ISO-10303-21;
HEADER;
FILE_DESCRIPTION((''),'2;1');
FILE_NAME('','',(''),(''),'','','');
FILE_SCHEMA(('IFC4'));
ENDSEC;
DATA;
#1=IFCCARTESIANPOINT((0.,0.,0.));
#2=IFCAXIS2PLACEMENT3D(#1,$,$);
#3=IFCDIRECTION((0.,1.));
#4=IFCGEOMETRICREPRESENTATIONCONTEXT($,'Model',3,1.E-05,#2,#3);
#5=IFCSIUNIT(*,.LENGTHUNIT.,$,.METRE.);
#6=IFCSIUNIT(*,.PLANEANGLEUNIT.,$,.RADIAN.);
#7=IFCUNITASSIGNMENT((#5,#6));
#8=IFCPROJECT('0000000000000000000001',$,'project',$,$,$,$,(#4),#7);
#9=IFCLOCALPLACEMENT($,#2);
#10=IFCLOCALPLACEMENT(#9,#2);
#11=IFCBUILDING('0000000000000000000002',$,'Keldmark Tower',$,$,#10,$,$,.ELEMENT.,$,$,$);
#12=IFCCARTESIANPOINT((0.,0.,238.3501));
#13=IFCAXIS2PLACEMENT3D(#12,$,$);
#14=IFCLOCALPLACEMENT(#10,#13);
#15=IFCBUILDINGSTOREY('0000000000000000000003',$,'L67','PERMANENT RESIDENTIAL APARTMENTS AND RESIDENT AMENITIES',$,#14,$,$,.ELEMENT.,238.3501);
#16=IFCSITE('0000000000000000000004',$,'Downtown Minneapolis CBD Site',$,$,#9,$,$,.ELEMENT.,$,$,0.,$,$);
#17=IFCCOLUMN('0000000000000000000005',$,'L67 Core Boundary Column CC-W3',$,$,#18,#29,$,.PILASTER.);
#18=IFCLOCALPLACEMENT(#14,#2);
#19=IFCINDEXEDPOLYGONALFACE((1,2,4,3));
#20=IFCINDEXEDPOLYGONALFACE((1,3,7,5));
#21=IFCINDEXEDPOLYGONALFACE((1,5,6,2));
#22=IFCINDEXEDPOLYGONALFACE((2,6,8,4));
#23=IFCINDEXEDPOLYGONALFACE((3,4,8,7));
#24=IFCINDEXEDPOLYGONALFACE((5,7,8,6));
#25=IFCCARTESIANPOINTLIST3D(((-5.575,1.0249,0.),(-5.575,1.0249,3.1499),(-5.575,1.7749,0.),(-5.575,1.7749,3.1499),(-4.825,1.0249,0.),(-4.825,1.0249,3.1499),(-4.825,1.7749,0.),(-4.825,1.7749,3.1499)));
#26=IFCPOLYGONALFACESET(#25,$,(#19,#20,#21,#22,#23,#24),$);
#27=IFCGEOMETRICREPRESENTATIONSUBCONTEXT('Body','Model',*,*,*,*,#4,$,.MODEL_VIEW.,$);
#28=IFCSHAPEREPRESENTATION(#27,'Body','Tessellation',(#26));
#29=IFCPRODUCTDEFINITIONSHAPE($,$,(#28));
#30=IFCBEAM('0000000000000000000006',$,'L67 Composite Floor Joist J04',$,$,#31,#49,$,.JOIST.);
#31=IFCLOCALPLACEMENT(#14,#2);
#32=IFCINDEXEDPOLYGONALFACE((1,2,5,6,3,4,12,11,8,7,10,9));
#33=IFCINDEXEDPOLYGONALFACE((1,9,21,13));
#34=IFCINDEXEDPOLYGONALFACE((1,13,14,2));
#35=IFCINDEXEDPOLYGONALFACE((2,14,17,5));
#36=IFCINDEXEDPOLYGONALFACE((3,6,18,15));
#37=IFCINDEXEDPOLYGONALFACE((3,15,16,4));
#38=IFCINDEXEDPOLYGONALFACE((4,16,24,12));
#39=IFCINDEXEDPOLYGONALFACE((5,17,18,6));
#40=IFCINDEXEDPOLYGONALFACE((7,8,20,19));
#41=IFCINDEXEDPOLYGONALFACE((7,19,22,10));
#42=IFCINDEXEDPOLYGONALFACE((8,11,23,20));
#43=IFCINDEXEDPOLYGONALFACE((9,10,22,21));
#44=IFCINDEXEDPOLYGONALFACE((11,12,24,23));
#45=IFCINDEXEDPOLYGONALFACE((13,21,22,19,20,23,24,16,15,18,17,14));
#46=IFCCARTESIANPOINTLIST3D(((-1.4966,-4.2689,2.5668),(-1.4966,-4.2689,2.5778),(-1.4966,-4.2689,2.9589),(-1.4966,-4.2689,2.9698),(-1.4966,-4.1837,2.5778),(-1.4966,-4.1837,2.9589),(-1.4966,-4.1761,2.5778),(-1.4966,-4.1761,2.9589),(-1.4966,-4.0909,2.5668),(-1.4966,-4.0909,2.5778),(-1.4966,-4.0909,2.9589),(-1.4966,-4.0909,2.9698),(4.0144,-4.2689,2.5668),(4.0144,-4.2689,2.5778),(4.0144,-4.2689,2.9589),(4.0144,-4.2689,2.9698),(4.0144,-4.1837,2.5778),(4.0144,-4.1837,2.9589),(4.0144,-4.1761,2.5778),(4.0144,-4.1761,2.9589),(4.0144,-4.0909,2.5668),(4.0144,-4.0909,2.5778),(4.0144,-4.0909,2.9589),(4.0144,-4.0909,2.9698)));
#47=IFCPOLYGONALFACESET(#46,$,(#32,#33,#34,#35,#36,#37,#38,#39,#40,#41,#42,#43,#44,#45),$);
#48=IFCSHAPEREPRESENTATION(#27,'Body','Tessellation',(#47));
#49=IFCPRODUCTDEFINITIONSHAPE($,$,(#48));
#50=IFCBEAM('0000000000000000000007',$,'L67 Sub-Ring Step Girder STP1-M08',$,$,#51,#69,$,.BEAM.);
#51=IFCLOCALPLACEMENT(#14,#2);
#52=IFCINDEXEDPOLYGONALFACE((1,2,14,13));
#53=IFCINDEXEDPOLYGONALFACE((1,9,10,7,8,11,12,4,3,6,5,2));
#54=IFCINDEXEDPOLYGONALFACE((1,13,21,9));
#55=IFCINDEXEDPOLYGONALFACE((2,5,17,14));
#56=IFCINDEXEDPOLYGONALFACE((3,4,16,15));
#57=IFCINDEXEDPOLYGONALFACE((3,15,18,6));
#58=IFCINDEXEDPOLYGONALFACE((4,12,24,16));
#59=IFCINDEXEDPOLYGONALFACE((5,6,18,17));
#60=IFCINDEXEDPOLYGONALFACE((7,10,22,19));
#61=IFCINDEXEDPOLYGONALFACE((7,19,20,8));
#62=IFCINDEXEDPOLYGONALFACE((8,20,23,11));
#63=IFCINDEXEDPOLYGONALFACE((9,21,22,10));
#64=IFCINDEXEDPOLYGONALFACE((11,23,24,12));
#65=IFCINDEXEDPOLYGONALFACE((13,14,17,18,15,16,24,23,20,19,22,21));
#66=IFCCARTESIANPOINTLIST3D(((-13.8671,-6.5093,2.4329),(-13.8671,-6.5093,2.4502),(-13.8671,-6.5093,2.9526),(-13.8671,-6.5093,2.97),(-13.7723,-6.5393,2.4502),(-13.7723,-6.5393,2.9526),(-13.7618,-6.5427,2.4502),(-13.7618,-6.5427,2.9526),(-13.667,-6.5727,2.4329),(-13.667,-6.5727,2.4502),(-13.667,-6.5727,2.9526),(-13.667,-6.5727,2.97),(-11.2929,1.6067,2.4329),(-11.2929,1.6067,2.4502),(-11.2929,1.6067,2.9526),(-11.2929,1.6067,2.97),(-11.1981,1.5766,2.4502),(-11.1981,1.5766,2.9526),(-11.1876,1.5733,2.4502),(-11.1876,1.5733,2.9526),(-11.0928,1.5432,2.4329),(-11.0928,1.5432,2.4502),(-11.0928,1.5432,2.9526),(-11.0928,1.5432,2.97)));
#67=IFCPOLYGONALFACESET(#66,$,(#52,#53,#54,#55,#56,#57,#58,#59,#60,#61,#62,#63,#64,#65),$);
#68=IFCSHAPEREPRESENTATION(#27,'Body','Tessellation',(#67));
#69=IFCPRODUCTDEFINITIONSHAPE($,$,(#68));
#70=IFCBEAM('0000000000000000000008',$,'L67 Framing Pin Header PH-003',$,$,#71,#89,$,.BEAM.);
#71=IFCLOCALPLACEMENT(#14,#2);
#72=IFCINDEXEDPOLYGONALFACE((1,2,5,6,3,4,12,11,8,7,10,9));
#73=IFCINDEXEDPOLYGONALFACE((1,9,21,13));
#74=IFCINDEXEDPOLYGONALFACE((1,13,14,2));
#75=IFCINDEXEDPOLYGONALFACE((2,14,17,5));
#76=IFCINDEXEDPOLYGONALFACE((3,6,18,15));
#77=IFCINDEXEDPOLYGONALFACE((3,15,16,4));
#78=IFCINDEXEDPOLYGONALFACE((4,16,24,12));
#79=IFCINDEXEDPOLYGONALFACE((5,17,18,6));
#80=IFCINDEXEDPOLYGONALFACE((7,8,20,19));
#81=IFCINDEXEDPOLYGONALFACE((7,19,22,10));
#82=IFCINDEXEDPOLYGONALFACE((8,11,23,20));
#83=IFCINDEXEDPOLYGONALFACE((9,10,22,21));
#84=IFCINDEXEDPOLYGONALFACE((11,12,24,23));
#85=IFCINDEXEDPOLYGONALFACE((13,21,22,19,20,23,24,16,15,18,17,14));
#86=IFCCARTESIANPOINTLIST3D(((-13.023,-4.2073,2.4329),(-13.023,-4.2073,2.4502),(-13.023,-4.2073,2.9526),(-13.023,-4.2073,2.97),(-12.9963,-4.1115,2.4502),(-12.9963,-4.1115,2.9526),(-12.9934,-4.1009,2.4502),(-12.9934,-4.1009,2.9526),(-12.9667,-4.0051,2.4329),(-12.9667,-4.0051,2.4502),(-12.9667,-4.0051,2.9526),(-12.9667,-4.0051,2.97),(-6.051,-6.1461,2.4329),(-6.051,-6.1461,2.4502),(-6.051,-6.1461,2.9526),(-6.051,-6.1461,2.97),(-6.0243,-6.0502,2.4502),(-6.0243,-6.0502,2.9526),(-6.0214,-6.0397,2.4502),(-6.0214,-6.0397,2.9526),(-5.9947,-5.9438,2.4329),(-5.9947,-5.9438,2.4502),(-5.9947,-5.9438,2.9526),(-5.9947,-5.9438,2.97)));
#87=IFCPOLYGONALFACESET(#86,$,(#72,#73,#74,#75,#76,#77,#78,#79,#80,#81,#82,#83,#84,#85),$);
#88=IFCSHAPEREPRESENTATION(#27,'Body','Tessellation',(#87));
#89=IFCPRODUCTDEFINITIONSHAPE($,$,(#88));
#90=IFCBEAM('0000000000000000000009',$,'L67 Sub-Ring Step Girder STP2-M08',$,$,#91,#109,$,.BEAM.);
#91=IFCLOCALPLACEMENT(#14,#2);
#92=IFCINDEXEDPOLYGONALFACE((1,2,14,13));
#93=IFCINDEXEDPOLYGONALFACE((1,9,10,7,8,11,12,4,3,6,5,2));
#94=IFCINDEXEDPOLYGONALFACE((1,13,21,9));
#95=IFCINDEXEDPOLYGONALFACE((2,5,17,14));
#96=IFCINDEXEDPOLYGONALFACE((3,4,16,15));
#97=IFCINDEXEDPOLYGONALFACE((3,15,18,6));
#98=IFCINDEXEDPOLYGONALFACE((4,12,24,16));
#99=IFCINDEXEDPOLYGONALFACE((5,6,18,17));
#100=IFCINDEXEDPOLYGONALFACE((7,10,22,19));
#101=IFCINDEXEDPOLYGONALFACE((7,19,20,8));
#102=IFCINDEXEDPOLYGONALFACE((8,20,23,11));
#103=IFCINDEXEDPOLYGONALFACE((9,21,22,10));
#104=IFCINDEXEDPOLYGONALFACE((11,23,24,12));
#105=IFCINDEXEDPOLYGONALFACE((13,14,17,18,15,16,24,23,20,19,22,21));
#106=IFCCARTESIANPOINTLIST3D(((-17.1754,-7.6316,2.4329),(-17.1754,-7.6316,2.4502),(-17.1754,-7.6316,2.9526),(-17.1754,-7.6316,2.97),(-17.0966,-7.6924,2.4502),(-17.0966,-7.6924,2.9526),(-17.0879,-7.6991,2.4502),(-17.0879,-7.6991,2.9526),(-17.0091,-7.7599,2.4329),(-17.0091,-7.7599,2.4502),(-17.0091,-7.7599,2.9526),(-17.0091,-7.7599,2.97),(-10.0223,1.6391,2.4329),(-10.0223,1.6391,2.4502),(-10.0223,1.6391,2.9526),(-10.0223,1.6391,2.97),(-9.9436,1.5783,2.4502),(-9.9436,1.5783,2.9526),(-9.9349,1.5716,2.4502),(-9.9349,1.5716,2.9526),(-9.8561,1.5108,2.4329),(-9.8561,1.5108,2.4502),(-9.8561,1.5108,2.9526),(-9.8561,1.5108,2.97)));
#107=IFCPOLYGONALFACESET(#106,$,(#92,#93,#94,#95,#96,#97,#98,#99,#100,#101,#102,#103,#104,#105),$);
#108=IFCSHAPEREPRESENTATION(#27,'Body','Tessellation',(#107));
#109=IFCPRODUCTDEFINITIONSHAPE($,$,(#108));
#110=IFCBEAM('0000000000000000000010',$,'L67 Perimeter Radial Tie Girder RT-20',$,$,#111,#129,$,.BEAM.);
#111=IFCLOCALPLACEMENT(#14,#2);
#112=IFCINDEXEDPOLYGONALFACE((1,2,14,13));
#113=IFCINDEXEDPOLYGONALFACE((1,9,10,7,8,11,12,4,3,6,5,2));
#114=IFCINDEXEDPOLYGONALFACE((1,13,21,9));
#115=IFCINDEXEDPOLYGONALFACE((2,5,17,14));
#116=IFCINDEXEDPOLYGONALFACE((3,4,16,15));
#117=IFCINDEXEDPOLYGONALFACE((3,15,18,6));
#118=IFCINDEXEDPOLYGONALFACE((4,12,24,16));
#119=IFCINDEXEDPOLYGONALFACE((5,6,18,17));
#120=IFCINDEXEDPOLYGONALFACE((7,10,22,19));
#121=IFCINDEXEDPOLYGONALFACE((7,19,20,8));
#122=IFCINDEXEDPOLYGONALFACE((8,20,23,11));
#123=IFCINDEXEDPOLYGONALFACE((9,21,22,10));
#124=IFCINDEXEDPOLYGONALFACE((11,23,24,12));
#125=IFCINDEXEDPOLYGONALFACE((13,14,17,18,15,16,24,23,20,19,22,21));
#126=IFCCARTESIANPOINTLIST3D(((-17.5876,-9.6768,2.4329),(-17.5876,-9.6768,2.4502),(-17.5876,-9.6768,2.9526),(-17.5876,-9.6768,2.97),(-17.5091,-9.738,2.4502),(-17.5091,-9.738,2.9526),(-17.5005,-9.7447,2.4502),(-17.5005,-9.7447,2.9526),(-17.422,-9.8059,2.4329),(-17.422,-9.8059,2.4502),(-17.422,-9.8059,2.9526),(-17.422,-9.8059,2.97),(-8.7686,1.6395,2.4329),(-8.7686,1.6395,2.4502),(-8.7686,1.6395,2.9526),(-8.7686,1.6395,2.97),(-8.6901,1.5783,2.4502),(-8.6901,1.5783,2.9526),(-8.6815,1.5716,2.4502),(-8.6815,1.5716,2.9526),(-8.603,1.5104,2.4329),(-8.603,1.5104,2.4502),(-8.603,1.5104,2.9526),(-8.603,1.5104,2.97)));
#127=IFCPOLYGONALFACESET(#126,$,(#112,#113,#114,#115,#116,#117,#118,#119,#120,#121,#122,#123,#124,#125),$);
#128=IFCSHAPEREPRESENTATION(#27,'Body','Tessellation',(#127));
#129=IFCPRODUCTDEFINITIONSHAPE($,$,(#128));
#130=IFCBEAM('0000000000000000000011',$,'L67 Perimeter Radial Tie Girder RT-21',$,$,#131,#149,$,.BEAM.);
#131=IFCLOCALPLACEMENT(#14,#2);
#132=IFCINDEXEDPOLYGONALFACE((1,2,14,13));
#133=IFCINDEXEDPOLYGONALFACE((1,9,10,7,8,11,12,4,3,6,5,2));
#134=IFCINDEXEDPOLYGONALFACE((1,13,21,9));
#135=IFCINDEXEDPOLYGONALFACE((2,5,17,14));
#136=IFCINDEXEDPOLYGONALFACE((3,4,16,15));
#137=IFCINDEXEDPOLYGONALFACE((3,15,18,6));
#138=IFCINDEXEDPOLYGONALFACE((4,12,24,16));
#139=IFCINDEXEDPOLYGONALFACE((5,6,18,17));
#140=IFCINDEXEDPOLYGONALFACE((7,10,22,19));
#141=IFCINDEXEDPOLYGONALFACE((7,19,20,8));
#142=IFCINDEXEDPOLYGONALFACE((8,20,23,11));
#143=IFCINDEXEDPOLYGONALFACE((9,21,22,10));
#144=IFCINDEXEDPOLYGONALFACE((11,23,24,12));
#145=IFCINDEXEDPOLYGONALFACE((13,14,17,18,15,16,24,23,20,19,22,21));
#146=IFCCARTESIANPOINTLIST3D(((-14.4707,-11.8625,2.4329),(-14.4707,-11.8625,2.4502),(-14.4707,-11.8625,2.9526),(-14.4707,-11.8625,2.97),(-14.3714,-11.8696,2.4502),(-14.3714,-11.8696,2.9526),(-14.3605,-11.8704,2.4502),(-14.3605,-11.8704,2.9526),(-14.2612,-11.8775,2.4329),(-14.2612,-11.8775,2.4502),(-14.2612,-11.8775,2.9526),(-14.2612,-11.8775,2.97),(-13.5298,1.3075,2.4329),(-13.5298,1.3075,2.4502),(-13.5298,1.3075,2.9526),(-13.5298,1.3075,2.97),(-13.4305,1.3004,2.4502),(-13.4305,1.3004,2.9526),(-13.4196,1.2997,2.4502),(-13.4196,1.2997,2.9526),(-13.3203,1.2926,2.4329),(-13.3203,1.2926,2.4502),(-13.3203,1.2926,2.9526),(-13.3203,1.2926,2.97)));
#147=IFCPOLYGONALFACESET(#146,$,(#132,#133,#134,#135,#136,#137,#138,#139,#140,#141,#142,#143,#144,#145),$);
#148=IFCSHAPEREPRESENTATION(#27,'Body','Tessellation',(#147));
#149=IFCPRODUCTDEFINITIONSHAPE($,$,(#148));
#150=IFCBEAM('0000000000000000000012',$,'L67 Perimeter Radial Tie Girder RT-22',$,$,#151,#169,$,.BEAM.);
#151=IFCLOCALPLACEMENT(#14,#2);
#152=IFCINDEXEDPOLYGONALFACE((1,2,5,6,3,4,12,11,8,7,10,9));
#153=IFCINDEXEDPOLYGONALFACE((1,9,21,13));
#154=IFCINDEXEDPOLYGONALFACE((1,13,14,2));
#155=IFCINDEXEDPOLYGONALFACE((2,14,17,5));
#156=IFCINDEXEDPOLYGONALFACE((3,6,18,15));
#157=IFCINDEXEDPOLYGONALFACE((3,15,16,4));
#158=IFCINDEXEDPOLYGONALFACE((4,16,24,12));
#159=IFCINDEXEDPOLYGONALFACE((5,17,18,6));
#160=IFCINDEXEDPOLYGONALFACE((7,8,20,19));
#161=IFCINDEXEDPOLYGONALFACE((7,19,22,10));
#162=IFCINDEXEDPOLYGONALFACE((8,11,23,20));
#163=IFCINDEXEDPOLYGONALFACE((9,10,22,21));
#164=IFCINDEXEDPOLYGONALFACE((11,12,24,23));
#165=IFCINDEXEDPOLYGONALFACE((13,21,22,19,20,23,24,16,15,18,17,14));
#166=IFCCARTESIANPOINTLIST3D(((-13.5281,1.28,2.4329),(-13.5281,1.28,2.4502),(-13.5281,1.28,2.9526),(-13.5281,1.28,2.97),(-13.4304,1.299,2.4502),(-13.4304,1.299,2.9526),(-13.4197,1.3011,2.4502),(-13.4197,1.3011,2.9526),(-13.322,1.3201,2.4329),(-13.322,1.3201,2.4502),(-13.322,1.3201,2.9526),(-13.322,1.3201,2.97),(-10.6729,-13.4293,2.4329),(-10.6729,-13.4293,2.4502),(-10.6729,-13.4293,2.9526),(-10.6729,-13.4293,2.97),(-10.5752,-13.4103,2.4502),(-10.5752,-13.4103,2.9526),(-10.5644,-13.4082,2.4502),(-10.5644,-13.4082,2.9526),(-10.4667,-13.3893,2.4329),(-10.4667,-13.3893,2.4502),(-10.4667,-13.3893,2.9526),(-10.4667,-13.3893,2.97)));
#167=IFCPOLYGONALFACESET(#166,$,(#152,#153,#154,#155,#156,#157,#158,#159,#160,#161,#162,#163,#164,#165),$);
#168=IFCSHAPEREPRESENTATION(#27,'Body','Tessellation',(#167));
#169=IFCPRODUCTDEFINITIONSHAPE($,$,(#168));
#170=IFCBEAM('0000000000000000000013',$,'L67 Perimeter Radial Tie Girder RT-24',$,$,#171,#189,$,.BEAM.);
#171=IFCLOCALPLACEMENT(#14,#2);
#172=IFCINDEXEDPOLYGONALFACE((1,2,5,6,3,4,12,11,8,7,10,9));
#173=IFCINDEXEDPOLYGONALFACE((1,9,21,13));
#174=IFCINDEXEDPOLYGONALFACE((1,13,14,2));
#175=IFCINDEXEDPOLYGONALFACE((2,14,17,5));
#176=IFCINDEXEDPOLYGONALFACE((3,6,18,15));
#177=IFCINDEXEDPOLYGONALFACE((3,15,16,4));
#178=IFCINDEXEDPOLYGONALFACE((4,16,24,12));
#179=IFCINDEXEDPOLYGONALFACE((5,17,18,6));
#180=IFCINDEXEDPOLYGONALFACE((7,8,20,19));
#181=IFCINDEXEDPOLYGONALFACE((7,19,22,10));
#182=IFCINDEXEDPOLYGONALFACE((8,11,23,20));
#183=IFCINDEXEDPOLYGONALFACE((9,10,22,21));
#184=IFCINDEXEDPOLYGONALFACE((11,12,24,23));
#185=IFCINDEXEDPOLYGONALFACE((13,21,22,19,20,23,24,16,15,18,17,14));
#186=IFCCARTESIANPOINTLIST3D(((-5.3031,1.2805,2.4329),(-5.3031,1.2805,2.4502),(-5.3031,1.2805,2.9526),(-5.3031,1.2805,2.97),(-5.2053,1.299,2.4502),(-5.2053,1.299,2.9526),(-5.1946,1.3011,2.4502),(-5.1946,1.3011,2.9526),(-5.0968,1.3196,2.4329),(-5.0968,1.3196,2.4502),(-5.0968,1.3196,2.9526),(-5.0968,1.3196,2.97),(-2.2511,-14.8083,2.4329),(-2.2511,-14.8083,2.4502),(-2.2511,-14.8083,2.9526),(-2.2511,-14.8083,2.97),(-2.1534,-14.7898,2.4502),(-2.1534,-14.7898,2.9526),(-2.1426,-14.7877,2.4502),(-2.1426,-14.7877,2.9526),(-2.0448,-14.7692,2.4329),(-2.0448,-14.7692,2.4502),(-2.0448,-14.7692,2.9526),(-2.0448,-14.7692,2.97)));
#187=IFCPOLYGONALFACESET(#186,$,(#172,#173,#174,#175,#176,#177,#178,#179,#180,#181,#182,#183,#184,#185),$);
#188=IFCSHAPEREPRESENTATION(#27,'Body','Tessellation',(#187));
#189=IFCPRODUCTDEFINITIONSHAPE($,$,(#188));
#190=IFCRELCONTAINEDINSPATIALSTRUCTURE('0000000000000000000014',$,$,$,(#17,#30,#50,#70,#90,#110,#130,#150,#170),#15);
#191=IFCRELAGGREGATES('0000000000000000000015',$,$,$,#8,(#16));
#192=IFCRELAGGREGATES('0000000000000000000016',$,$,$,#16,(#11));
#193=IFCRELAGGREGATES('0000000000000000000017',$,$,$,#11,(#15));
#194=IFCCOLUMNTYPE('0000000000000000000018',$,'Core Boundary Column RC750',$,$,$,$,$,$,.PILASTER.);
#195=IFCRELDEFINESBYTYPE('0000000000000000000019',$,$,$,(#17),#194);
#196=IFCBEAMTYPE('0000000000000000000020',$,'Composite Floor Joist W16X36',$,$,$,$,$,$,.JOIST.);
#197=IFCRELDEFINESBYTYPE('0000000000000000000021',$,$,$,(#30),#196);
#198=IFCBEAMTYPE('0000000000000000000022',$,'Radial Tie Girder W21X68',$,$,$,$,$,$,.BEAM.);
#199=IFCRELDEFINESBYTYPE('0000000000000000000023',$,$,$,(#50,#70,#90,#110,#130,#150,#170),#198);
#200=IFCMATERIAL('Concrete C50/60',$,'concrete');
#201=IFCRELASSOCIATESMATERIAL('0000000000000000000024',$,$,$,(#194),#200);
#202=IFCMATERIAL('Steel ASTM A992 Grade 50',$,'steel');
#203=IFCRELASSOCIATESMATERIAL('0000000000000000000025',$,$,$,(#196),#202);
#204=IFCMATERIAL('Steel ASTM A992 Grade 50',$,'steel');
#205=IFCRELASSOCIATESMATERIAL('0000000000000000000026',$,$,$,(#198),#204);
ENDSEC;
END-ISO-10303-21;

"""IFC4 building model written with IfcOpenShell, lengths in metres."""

from ifc_helpers import new_model, si_unit, direction, frame, origin, origin_2d, place, context, subcontext, project, spatial, rectangle, i_section, extrude, material, material_profile, profile_set, type_object, element, save


model = new_model("IFC4")

# Units and contexts
model_context = context("Model", 3, precision=1e-05, world=origin(), true_north=direction((0.0, 1.0)))
body_context = subcontext(model_context, "Body", "Model", "MODEL_VIEW")
ifc_project = project(units=[si_unit("LENGTHUNIT", "METRE"), si_unit("PLANEANGLEUNIT", "RADIAN")], contexts=[model_context])

# Site, building, storey
site_placement = place(None, origin())
site = spatial("IfcSite", under=ifc_project, at=site_placement, Name="Downtown Minneapolis CBD Site", CompositionType="ELEMENT", RefElevation=0.0)
building_placement = place(site_placement, origin())
building = spatial("IfcBuilding", under=site, at=building_placement, Name="Keldmark Tower", CompositionType="ELEMENT")
storey_placement = place(building_placement, frame((0.0, 0.0, 238.3501)))
storey = spatial("IfcBuildingStorey", under=building, at=storey_placement, Name="L67", Description="PERMANENT RESIDENTIAL APARTMENTS AND RESIDENT AMENITIES", CompositionType="ELEMENT", Elevation=238.3501)

# Column
ifc_material_1 = material(Name="Concrete C50/60", Category="concrete")
ifc_material_profile_1 = material_profile(ifc_material_1, rectangle(XDim=0.75, YDim=0.75, at=origin_2d()), Name="RC750X750")
ifc_profile_set_1 = profile_set([ifc_material_profile_1], Name="Concrete C50/60")
column_type = type_object("IfcColumnType", Name="Core Boundary Column RC750", PredefinedType="PILASTER", material=ifc_profile_set_1)
column_placement = place(storey_placement, frame((-5.2, 1.3999, 0.0), z_axis=(0.0, 0.0, 1.0), x_axis=(1.0, 0.0, 0.0)))
element("IfcColumn", 1, at=column_placement, inside=storey, type_object=column_type, Name="L67 Core Boundary Column CC-W3", PredefinedType="PILASTER", context=body_context, shape_type="SweptSolid", body=[
    extrude(rectangle(XDim=0.75, YDim=0.75, at=origin_2d()), origin(), (0.0, 0.0, 1.0), 3.1499),
])

# Beams
ifc_material_2 = material(Name="Steel ASTM A992 Grade 50", Category="steel")
ifc_material_profile_2 = material_profile(ifc_material_2, i_section(OverallWidth=0.178, OverallDepth=0.4031, WebThickness=0.0076, FlangeThickness=0.011, at=origin_2d()), Name="W16X36")
ifc_profile_set_2 = profile_set([ifc_material_profile_2], Name="Steel ASTM A992 Grade 50")
beam_type_1 = type_object("IfcBeamType", Name="Composite Floor Joist W16X36", PredefinedType="JOIST", material=ifc_profile_set_2)
beam_1_placement = place(storey_placement, frame((-1.4966, -4.1799, 2.7683), z_axis=(1.0, 0.0, 0.0), x_axis=(0.0, 1.0, 0.0)))
element("IfcBeam", 2, at=beam_1_placement, inside=storey, type_object=beam_type_1, Name="L67 Composite Floor Joist J04", PredefinedType="JOIST", context=body_context, shape_type="SweptSolid", body=[
    extrude(i_section(OverallWidth=0.178, OverallDepth=0.4031, WebThickness=0.0076, FlangeThickness=0.011, at=origin_2d()), origin(), (0.0, 0.0, 1.0), 5.511),
])
ifc_material_3 = material(Name="Steel ASTM A992 Grade 50", Category="steel")
ifc_material_profile_3 = material_profile(ifc_material_3, i_section(OverallWidth=0.21, OverallDepth=0.5371, WebThickness=0.011, FlangeThickness=0.0173, at=origin_2d()), Name="W21X68")
ifc_profile_set_3 = profile_set([ifc_material_profile_3], Name="Steel ASTM A992 Grade 50")
beam_type_2 = type_object("IfcBeamType", Name="Radial Tie Girder W21X68", PredefinedType="BEAM", material=ifc_profile_set_3)
beam_2_placement = place(storey_placement, frame((-11.1929, 1.575, 2.7014), z_axis=(-0.302336, -0.953201, 0.0), x_axis=(0.953201, -0.302336, 0.0)))
element("IfcBeam", 3, at=beam_2_placement, inside=storey, type_object=beam_type_2, Name="L67 Sub-Ring Step Girder STP1-M08", PredefinedType="BEAM", context=body_context, shape_type="SweptSolid", body=[
    extrude(i_section(OverallWidth=0.21, OverallDepth=0.5371, WebThickness=0.011, FlangeThickness=0.0173, at=origin_2d()), origin(), (0.0, 0.0, 1.0), 8.5144),
])
beam_3_placement = place(storey_placement, frame((-12.9949, -4.1062, 2.7014), z_axis=(0.963444, -0.26791, 0.0), x_axis=(0.26791, 0.963444, 0.0)))
element("IfcBeam", 4, at=beam_3_placement, inside=storey, type_object=beam_type_2, Name="L67 Framing Pin Header PH-003", PredefinedType="BEAM", context=body_context, shape_type="SweptSolid", body=[
    extrude(i_section(OverallWidth=0.21, OverallDepth=0.5371, WebThickness=0.011, FlangeThickness=0.0173, at=origin_2d()), origin(), (0.0, 0.0, 1.0), 7.2366),
])
beam_4_placement = place(storey_placement, frame((-9.9392, 1.575, 2.7014), z_axis=(-0.610876, -0.791726, 0.0), x_axis=(0.791726, -0.610876, 0.0)))
element("IfcBeam", 5, at=beam_4_placement, inside=storey, type_object=beam_type_2, Name="L67 Sub-Ring Step Girder STP2-M08", PredefinedType="BEAM", context=body_context, shape_type="SweptSolid", body=[
    extrude(i_section(OverallWidth=0.21, OverallDepth=0.5371, WebThickness=0.011, FlangeThickness=0.0173, at=origin_2d()), origin(), (0.0, 0.0, 1.0), 11.7095),
])
beam_5_placement = place(storey_placement, frame((-8.6858, 1.575, 2.7014), z_axis=(-0.614698, -0.788763, 0.0), x_axis=(0.788763, -0.614698, 0.0)))
element("IfcBeam", 6, at=beam_5_placement, inside=storey, type_object=beam_type_2, Name="L67 Perimeter Radial Tie Girder RT-20", PredefinedType="BEAM", context=body_context, shape_type="SweptSolid", body=[
    extrude(i_section(OverallWidth=0.21, OverallDepth=0.5371, WebThickness=0.011, FlangeThickness=0.0173, at=origin_2d()), origin(), (0.0, 0.0, 1.0), 14.3469),
])
beam_6_placement = place(storey_placement, frame((-13.425, 1.3, 2.7014), z_axis=(-0.071262, -0.997458, 0.0), x_axis=(0.997458, -0.071262, 0.0)))
element("IfcBeam", 7, at=beam_6_placement, inside=storey, type_object=beam_type_2, Name="L67 Perimeter Radial Tie Girder RT-21", PredefinedType="BEAM", context=body_context, shape_type="SweptSolid", body=[
    extrude(i_section(OverallWidth=0.21, OverallDepth=0.5371, WebThickness=0.011, FlangeThickness=0.0173, at=origin_2d()), origin(), (0.0, 0.0, 1.0), 13.2036),
])
beam_7_placement = place(storey_placement, frame((-13.425, 1.3, 2.7014), z_axis=(0.190554, -0.981677, 0.0), x_axis=(0.981677, 0.190554, 0.0)))
element("IfcBeam", 8, at=beam_7_placement, inside=storey, type_object=beam_type_2, Name="L67 Perimeter Radial Tie Girder RT-22", PredefinedType="BEAM", context=body_context, shape_type="SweptSolid", body=[
    extrude(i_section(OverallWidth=0.21, OverallDepth=0.5371, WebThickness=0.011, FlangeThickness=0.0173, at=origin_2d()), origin(), (0.0, 0.0, 1.0), 14.9839),
])
beam_8_placement = place(storey_placement, frame((-5.2, 1.3, 2.7014), z_axis=(0.186373, -0.982479, 0.0), x_axis=(0.982479, 0.186373, 0.0)))
element("IfcBeam", 9, at=beam_8_placement, inside=storey, type_object=beam_type_2, Name="L67 Perimeter Radial Tie Girder RT-24", PredefinedType="BEAM", context=body_context, shape_type="SweptSolid", body=[
    extrude(i_section(OverallWidth=0.21, OverallDepth=0.5371, WebThickness=0.011, FlangeThickness=0.0173, at=origin_2d()), origin(), (0.0, 0.0, 1.0), 16.3757),
])

save(model, "model.ifc")
